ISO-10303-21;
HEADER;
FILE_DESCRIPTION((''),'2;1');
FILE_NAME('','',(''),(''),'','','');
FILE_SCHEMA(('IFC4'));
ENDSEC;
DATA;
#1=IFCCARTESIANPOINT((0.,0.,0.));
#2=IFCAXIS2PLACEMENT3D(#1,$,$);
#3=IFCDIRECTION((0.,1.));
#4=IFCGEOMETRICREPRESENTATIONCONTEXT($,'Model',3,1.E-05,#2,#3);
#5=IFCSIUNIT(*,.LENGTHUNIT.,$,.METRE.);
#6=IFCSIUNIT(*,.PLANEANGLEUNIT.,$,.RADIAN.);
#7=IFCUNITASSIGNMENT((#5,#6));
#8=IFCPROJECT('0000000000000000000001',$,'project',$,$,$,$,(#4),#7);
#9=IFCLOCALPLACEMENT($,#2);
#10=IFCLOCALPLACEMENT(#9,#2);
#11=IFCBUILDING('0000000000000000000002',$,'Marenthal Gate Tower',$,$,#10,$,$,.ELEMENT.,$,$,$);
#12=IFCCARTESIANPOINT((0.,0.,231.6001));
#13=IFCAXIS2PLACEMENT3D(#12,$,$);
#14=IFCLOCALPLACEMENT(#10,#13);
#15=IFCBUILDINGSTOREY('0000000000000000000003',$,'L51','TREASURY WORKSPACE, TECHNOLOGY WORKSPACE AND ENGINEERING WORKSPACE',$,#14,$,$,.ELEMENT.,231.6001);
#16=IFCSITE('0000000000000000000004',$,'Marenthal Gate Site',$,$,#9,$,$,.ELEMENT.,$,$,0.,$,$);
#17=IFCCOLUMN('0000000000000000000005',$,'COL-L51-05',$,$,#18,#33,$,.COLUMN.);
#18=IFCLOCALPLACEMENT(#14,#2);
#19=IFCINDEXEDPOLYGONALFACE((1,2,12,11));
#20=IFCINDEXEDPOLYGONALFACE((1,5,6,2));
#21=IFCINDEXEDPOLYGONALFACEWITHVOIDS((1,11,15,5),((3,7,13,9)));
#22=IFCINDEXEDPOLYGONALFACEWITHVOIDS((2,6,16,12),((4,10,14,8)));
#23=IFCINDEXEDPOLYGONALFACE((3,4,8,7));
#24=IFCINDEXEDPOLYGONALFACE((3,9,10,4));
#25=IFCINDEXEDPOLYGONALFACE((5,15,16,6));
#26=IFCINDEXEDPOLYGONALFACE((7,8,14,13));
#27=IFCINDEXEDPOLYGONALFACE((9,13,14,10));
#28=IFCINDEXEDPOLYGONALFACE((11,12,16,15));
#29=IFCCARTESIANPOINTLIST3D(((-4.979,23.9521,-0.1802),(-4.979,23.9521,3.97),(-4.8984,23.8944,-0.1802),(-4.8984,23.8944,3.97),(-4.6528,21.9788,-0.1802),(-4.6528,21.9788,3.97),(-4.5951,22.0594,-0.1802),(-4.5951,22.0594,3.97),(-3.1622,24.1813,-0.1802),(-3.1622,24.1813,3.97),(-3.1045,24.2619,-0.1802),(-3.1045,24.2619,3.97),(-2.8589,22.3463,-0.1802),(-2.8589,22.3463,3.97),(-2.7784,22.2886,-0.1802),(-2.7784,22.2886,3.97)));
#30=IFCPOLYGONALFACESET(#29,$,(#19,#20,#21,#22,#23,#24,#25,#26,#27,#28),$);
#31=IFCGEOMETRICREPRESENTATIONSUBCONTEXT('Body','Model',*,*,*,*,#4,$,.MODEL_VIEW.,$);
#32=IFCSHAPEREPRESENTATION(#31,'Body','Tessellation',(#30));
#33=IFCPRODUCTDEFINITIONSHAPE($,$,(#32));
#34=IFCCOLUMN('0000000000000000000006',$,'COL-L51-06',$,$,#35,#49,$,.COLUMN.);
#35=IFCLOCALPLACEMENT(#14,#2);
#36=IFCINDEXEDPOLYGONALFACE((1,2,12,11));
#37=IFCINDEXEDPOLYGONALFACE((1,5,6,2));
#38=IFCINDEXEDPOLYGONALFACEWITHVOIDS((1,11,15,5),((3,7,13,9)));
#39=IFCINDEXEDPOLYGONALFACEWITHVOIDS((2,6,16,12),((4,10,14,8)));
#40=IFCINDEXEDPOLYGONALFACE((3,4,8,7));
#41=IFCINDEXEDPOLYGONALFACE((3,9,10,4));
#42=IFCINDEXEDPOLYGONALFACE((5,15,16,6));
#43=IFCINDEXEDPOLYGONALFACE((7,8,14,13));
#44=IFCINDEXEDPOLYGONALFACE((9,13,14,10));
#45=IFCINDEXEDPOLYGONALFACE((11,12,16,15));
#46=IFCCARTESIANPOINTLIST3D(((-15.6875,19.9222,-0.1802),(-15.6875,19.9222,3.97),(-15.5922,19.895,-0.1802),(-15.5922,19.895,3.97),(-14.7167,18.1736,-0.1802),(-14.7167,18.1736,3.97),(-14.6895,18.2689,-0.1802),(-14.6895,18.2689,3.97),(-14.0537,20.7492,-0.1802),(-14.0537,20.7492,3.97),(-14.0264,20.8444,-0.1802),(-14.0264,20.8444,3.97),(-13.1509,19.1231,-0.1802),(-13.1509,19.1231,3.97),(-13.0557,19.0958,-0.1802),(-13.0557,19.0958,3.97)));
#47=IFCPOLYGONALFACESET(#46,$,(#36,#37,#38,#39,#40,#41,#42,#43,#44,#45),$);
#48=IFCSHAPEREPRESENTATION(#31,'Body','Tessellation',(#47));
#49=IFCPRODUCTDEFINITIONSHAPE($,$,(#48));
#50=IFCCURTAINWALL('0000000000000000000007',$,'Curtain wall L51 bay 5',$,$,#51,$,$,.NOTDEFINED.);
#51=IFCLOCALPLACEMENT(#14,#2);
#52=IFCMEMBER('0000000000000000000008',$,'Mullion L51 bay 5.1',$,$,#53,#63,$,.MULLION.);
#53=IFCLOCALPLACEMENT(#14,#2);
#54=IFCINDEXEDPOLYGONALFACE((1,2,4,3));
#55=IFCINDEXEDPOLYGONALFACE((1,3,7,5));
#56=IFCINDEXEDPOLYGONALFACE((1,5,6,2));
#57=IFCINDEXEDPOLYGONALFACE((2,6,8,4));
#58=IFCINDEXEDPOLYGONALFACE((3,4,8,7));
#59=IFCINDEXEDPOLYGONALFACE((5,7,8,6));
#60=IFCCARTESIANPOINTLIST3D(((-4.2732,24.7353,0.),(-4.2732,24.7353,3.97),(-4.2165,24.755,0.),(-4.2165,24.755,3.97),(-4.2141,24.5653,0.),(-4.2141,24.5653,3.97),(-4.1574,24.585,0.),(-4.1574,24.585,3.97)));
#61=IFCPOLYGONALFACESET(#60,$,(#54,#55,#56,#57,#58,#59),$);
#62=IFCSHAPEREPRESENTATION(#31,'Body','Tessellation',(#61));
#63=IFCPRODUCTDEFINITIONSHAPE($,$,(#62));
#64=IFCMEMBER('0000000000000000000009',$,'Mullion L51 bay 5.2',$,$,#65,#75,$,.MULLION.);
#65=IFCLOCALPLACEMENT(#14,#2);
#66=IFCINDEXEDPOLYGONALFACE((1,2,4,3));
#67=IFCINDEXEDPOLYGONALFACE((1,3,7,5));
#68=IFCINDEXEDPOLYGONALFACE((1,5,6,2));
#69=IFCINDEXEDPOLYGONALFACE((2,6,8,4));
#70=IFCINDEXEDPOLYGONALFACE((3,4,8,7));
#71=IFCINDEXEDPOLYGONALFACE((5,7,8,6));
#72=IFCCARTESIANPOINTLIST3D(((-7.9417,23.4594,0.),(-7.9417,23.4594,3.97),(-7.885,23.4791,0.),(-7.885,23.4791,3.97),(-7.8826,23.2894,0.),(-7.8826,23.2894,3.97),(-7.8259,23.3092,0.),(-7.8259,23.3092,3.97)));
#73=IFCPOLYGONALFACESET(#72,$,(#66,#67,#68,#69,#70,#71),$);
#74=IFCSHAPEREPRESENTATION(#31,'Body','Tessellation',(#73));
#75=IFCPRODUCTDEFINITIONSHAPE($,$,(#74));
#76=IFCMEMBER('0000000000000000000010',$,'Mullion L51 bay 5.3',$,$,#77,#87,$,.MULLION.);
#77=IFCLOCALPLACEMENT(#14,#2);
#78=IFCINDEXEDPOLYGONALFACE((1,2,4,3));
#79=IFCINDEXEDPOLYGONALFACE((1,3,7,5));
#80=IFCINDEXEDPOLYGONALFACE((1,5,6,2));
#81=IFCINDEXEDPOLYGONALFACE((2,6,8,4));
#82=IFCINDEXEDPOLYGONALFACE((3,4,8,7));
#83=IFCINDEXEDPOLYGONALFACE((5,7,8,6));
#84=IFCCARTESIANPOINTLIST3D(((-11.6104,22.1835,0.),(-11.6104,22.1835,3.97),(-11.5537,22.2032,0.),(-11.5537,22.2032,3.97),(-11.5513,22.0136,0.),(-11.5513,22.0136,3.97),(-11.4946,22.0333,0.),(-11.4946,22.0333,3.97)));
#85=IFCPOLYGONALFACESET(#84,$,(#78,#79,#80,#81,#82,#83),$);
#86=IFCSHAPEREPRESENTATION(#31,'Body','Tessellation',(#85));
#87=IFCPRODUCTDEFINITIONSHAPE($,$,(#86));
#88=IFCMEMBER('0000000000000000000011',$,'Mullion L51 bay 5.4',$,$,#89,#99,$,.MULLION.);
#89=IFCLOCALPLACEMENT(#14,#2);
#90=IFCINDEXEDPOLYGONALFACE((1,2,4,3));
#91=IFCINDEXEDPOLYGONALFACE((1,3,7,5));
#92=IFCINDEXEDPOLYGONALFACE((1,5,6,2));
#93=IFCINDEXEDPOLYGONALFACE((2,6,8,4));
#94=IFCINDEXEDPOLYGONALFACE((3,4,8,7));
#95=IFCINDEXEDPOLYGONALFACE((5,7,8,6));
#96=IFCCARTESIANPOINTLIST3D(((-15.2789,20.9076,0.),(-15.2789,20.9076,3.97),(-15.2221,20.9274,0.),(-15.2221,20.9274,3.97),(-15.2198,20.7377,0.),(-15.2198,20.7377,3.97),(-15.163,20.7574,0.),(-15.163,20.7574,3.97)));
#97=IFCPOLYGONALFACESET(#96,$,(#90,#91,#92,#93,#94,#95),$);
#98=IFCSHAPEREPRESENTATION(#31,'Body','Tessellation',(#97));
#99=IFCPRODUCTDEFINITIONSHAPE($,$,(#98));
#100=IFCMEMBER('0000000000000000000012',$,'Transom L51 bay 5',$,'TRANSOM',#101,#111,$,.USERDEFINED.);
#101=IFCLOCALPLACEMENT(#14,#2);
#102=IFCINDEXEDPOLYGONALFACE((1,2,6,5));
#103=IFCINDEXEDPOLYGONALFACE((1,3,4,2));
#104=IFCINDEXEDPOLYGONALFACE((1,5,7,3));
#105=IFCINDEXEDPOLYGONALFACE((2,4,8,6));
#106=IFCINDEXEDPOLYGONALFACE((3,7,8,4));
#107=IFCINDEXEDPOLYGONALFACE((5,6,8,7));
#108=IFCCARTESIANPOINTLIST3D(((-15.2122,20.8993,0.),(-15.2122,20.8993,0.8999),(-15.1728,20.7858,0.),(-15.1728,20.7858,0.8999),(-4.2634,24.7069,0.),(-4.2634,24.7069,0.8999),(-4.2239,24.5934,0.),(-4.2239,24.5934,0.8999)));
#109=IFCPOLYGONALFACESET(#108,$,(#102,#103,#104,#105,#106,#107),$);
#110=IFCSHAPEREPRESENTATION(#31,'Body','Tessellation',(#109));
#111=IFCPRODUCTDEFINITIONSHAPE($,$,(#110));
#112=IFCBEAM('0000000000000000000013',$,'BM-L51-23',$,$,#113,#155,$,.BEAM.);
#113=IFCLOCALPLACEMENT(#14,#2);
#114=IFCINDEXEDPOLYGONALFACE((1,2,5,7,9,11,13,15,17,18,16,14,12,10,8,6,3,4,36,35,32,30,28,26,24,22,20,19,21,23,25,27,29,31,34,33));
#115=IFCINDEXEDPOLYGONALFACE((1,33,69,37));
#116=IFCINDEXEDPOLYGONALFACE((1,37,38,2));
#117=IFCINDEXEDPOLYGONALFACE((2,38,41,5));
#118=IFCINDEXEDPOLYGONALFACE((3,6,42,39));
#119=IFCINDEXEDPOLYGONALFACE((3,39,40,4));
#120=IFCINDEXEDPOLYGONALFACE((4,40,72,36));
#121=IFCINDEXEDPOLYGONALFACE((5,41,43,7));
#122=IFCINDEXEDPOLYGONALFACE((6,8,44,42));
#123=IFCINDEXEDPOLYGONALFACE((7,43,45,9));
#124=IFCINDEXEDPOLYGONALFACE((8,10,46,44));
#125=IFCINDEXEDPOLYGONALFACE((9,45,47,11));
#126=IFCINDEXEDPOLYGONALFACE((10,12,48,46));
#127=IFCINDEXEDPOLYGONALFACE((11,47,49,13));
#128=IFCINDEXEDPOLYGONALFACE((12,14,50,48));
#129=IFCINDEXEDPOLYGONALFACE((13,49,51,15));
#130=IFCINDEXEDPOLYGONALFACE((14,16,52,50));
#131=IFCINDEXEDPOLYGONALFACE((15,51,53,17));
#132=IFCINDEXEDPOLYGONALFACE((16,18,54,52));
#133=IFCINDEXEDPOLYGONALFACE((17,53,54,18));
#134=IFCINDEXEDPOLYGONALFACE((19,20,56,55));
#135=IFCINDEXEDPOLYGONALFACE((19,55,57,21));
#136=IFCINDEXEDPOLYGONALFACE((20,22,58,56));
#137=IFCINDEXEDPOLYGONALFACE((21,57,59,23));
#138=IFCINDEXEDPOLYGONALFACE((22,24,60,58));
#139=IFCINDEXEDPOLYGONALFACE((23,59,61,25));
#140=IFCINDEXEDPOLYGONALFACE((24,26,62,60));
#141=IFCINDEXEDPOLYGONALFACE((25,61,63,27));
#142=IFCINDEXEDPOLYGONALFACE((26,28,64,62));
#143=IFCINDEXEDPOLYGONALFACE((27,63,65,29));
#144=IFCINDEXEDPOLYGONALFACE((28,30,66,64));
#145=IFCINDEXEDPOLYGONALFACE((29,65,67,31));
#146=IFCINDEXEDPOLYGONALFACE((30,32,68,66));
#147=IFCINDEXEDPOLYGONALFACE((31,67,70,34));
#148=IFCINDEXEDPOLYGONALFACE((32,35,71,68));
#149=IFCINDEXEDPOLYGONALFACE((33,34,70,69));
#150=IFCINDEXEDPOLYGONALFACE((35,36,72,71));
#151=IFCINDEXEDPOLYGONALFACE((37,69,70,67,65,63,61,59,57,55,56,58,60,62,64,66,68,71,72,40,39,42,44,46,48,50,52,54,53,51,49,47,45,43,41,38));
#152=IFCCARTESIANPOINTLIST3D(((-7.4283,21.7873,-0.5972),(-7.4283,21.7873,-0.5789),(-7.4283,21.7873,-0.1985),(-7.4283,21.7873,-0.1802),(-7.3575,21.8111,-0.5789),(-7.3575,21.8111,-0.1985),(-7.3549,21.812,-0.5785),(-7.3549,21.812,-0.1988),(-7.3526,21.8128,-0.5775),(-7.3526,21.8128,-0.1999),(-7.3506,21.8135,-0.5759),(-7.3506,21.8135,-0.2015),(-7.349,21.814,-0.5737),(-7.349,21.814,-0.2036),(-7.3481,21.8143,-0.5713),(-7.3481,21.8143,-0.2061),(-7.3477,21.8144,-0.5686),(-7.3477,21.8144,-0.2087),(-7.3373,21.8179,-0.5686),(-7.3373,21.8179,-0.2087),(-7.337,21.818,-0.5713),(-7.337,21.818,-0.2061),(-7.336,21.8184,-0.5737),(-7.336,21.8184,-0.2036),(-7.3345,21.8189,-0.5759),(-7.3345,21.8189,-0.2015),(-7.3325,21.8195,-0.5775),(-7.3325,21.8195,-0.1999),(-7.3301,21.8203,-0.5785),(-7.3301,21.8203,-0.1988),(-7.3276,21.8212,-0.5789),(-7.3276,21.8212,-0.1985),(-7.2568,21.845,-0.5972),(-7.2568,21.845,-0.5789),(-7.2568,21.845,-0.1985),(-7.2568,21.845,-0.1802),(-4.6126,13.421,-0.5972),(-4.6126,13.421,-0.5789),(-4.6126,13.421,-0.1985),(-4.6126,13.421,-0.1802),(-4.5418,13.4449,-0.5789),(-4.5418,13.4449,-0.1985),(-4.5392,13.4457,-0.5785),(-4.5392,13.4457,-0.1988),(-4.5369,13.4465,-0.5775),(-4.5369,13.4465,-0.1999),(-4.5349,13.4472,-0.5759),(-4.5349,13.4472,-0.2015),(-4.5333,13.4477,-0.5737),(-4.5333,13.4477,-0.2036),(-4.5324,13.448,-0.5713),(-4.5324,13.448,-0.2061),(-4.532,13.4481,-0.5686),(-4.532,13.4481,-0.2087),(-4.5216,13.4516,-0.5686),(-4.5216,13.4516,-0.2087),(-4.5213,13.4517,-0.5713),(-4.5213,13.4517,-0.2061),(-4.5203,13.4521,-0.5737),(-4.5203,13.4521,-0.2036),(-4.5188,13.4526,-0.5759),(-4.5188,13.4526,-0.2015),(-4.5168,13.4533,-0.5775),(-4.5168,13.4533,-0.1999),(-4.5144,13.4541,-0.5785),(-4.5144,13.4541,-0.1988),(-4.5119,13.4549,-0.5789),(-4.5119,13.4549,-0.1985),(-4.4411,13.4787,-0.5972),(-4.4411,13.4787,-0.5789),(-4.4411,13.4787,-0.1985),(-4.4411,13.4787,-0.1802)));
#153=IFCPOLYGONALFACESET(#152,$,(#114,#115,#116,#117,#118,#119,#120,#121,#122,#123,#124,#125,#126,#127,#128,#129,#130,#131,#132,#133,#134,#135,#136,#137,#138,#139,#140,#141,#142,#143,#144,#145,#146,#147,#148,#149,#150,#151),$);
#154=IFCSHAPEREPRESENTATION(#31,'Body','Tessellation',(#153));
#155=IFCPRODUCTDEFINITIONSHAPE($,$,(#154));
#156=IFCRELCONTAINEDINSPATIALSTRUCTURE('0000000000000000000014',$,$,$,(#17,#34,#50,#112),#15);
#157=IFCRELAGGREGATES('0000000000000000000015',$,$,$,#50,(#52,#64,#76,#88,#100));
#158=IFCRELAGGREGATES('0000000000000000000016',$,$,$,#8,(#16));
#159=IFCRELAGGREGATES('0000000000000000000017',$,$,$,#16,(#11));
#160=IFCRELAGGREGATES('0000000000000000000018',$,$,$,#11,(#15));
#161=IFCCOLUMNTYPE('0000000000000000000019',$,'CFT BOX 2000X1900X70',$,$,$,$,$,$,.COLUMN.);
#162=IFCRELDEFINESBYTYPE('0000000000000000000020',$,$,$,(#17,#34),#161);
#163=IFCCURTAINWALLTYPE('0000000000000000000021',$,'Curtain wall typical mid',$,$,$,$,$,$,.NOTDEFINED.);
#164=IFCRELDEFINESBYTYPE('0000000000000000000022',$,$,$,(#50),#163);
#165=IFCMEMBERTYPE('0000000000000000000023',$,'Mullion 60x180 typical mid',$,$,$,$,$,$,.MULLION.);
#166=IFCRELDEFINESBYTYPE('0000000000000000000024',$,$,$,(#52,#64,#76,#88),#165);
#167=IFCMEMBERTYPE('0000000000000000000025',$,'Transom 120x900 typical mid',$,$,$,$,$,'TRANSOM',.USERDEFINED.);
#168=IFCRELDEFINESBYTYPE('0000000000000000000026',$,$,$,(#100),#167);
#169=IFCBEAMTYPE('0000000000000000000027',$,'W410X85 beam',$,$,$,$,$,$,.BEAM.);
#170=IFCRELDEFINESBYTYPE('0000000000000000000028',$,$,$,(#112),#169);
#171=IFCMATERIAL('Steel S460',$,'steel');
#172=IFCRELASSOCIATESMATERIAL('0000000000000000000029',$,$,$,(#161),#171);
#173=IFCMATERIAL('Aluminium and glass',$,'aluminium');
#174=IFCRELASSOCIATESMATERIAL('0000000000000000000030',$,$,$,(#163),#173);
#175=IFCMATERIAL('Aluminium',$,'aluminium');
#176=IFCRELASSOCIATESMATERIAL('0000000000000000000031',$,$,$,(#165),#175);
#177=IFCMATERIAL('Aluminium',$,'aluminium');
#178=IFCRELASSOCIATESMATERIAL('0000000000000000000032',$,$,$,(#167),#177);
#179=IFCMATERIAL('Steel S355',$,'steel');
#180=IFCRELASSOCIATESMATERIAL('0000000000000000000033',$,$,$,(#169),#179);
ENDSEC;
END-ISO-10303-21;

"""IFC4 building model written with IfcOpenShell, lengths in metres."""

from ifc_helpers import new_model, si_unit, direction, frame, origin, origin_2d, place, context, subcontext, project, spatial, rectangle, hollow_rectangle, i_section, extrude, material, material_profile, profile_set, type_object, element, aggregate, save


model = new_model("IFC4")

# Units and contexts
model_context = context("Model", 3, precision=1e-05, world=origin(), true_north=direction((0.0, 1.0)))
body_context = subcontext(model_context, "Body", "Model", "MODEL_VIEW")
ifc_project = project(units=[si_unit("LENGTHUNIT", "METRE"), si_unit("PLANEANGLEUNIT", "RADIAN")], contexts=[model_context])

# Site, building, storey
site_placement = place(None, origin())
site = spatial("IfcSite", under=ifc_project, at=site_placement, Name="Marenthal Gate Site", CompositionType="ELEMENT", RefElevation=0.0)
building_placement = place(site_placement, origin())
building = spatial("IfcBuilding", under=site, at=building_placement, Name="Marenthal Gate Tower", CompositionType="ELEMENT")
storey_placement = place(building_placement, frame((0.0, 0.0, 231.6001)))
storey = spatial("IfcBuildingStorey", under=building, at=storey_placement, Name="L51", Description="TREASURY WORKSPACE, TECHNOLOGY WORKSPACE AND ENGINEERING WORKSPACE", CompositionType="ELEMENT", Elevation=231.6001)

# Columns
ifc_material_1 = material(Name="Steel S460", Category="steel")
ifc_material_profile_1 = material_profile(ifc_material_1, hollow_rectangle(XDim=1.8999, YDim=2.0, WallThickness=0.0701, at=origin_2d()), Name="CFT BOX 2000X1900X70")
ifc_material_2 = material(Name="Concrete 70 MPa", Category="concrete")
ifc_material_profile_2 = material_profile(ifc_material_2, rectangle(XDim=1.76, YDim=1.8601, at=origin_2d()), Name="CFT BOX 2000X1900X70 INFILL")
ifc_profile_set_1 = profile_set([ifc_material_profile_1, ifc_material_profile_2], Name="Steel S460 shell, Concrete 70 MPa infill")
column_type = type_object("IfcColumnType", Name="CFT BOX 2000X1900X70", PredefinedType="COLUMN", material=ifc_profile_set_1)
for number, where, z_axis, x_axis, name in (
    (1, (-3.8787, 23.1204, -0.1802), (0.0, 0.0, 1.0), (0.986616, 0.163059, 0.0), "COL-L51-05"),
    (2, (-14.3716, 19.509, -0.1802), (0.0, 0.0, 1.0), (0.874301, 0.485385, 0.0), "COL-L51-06"),
):
    element("IfcColumn", number, at=place(storey_placement, frame(where, z_axis=z_axis, x_axis=x_axis)), inside=storey, type_object=column_type, Name=name, PredefinedType="COLUMN", context=body_context, shape_type="SweptSolid", body=[
        extrude(hollow_rectangle(XDim=1.8999, YDim=2.0, WallThickness=0.0701, at=origin_2d()), origin(), (0.0, 0.0, 1.0), 4.1501),
    ])

# Curtain wall, members
ifc_material_3 = material(Name="Aluminium and glass", Category="aluminium")
curtain_wall_type = type_object("IfcCurtainWallType", Name="Curtain wall typical mid", PredefinedType="NOTDEFINED", material=ifc_material_3)
curtain_wall_placement = place(storey_placement, origin())
curtain_wall = element("IfcCurtainWall", 3, at=curtain_wall_placement, inside=storey, type_object=curtain_wall_type, Name="Curtain wall L51 bay 5", PredefinedType="NOTDEFINED")
ifc_material_4 = material(Name="Aluminium", Category="aluminium")
ifc_material_profile_3 = material_profile(ifc_material_4, rectangle(XDim=0.1799, YDim=0.0601, at=origin_2d()), Name="60x180 aluminium mullion")
ifc_profile_set_2 = profile_set([ifc_material_profile_3], Name="Aluminium")
member_type_1 = type_object("IfcMemberType", Name="Mullion 60x180 typical mid", PredefinedType="MULLION", material=ifc_profile_set_2)
member_1_placement = place(storey_placement, frame((-4.2153, 24.6602, 0.0), z_axis=(0.0, 0.0, 1.0), x_axis=(0.328468, -0.944515, 0.0)))
member_1 = element("IfcMember", 4, at=member_1_placement, type_object=member_type_1, Name="Mullion L51 bay 5.1", PredefinedType="MULLION", context=body_context, shape_type="SweptSolid", body=[
    extrude(rectangle(XDim=0.1799, YDim=0.0601, at=origin_2d()), origin(), (0.0, 0.0, 1.0), 3.97),
])
member_2_placement = place(storey_placement, frame((-7.8838, 23.3843, 0.0), z_axis=(0.0, 0.0, 1.0), x_axis=(0.328468, -0.944515, 0.0)))
member_2 = element("IfcMember", 5, at=member_2_placement, type_object=member_type_1, Name="Mullion L51 bay 5.2", PredefinedType="MULLION", context=body_context, shape_type="SweptSolid", body=[
    extrude(rectangle(XDim=0.1799, YDim=0.0601, at=origin_2d()), origin(), (0.0, 0.0, 1.0), 3.97),
])
member_3_placement = place(storey_placement, frame((-11.5525, 22.1084, 0.0), z_axis=(0.0, 0.0, 1.0), x_axis=(0.328468, -0.944515, 0.0)))
member_3 = element("IfcMember", 6, at=member_3_placement, type_object=member_type_1, Name="Mullion L51 bay 5.3", PredefinedType="MULLION", context=body_context, shape_type="SweptSolid", body=[
    extrude(rectangle(XDim=0.1799, YDim=0.0601, at=origin_2d()), origin(), (0.0, 0.0, 1.0), 3.97),
])
member_4_placement = place(storey_placement, frame((-15.2209, 20.8325, 0.0), z_axis=(0.0, 0.0, 1.0), x_axis=(0.328468, -0.944515, 0.0)))
member_4 = element("IfcMember", 7, at=member_4_placement, type_object=member_type_1, Name="Mullion L51 bay 5.4", PredefinedType="MULLION", context=body_context, shape_type="SweptSolid", body=[
    extrude(rectangle(XDim=0.1799, YDim=0.0601, at=origin_2d()), origin(), (0.0, 0.0, 1.0), 3.97),
])
ifc_material_5 = material(Name="Aluminium", Category="aluminium")
ifc_material_profile_4 = material_profile(ifc_material_5, rectangle(XDim=0.1201, YDim=0.8999, at=origin_2d()), Name="120x900 aluminium transom")
ifc_profile_set_3 = profile_set([ifc_material_profile_4], Name="Aluminium")
member_type_2 = type_object("IfcMemberType", Name="Transom 120x900 typical mid", ElementType="TRANSOM", PredefinedType="USERDEFINED", material=ifc_profile_set_3)
member_5_placement = place(storey_placement, frame((-4.2437, 24.6501, 0.45), z_axis=(-0.944516, -0.328465, 0.0), x_axis=(0.328465, -0.944516, 0.0)))
member_5 = element("IfcMember", 8, at=member_5_placement, type_object=member_type_2, Name="Transom L51 bay 5", ObjectType="TRANSOM", PredefinedType="USERDEFINED", context=body_context, shape_type="SweptSolid", body=[
    extrude(rectangle(XDim=0.1201, YDim=0.8999, at=origin_2d()), origin(), (0.0, 0.0, 1.0), 11.592),
])

# Beam
ifc_material_6 = material(Name="Steel S355", Category="steel")
ifc_material_profile_5 = material_profile(ifc_material_6, i_section(OverallWidth=0.1809, OverallDepth=0.417, WebThickness=0.011, FlangeThickness=0.0183, FilletRadius=0.0103, at=origin_2d()), Name="W410X85")
ifc_profile_set_4 = profile_set([ifc_material_profile_5], Name="Steel S355")
beam_type_1 = type_object("IfcBeamType", Name="W410X85 beam", PredefinedType="BEAM", material=ifc_profile_set_4)
beam_1_placement = place(storey_placement, frame((-7.3425, 21.8162, -0.3887), z_axis=(0.318973, -0.947764, 0.0), x_axis=(0.947764, 0.318973, 0.0)))
element("IfcBeam", 9, at=beam_1_placement, inside=storey, type_object=beam_type_1, Name="BM-L51-23", PredefinedType="BEAM", context=body_context, shape_type="SweptSolid", body=[
    extrude(i_section(OverallWidth=0.1809, OverallDepth=0.417, WebThickness=0.011, FlangeThickness=0.0183, FilletRadius=0.0103, at=origin_2d()), origin(), (0.0, 0.0, 1.0), 8.8274),
])

aggregate(curtain_wall, [member_1, member_2, member_3, member_4, member_5])

save(model, "model.ifc")
